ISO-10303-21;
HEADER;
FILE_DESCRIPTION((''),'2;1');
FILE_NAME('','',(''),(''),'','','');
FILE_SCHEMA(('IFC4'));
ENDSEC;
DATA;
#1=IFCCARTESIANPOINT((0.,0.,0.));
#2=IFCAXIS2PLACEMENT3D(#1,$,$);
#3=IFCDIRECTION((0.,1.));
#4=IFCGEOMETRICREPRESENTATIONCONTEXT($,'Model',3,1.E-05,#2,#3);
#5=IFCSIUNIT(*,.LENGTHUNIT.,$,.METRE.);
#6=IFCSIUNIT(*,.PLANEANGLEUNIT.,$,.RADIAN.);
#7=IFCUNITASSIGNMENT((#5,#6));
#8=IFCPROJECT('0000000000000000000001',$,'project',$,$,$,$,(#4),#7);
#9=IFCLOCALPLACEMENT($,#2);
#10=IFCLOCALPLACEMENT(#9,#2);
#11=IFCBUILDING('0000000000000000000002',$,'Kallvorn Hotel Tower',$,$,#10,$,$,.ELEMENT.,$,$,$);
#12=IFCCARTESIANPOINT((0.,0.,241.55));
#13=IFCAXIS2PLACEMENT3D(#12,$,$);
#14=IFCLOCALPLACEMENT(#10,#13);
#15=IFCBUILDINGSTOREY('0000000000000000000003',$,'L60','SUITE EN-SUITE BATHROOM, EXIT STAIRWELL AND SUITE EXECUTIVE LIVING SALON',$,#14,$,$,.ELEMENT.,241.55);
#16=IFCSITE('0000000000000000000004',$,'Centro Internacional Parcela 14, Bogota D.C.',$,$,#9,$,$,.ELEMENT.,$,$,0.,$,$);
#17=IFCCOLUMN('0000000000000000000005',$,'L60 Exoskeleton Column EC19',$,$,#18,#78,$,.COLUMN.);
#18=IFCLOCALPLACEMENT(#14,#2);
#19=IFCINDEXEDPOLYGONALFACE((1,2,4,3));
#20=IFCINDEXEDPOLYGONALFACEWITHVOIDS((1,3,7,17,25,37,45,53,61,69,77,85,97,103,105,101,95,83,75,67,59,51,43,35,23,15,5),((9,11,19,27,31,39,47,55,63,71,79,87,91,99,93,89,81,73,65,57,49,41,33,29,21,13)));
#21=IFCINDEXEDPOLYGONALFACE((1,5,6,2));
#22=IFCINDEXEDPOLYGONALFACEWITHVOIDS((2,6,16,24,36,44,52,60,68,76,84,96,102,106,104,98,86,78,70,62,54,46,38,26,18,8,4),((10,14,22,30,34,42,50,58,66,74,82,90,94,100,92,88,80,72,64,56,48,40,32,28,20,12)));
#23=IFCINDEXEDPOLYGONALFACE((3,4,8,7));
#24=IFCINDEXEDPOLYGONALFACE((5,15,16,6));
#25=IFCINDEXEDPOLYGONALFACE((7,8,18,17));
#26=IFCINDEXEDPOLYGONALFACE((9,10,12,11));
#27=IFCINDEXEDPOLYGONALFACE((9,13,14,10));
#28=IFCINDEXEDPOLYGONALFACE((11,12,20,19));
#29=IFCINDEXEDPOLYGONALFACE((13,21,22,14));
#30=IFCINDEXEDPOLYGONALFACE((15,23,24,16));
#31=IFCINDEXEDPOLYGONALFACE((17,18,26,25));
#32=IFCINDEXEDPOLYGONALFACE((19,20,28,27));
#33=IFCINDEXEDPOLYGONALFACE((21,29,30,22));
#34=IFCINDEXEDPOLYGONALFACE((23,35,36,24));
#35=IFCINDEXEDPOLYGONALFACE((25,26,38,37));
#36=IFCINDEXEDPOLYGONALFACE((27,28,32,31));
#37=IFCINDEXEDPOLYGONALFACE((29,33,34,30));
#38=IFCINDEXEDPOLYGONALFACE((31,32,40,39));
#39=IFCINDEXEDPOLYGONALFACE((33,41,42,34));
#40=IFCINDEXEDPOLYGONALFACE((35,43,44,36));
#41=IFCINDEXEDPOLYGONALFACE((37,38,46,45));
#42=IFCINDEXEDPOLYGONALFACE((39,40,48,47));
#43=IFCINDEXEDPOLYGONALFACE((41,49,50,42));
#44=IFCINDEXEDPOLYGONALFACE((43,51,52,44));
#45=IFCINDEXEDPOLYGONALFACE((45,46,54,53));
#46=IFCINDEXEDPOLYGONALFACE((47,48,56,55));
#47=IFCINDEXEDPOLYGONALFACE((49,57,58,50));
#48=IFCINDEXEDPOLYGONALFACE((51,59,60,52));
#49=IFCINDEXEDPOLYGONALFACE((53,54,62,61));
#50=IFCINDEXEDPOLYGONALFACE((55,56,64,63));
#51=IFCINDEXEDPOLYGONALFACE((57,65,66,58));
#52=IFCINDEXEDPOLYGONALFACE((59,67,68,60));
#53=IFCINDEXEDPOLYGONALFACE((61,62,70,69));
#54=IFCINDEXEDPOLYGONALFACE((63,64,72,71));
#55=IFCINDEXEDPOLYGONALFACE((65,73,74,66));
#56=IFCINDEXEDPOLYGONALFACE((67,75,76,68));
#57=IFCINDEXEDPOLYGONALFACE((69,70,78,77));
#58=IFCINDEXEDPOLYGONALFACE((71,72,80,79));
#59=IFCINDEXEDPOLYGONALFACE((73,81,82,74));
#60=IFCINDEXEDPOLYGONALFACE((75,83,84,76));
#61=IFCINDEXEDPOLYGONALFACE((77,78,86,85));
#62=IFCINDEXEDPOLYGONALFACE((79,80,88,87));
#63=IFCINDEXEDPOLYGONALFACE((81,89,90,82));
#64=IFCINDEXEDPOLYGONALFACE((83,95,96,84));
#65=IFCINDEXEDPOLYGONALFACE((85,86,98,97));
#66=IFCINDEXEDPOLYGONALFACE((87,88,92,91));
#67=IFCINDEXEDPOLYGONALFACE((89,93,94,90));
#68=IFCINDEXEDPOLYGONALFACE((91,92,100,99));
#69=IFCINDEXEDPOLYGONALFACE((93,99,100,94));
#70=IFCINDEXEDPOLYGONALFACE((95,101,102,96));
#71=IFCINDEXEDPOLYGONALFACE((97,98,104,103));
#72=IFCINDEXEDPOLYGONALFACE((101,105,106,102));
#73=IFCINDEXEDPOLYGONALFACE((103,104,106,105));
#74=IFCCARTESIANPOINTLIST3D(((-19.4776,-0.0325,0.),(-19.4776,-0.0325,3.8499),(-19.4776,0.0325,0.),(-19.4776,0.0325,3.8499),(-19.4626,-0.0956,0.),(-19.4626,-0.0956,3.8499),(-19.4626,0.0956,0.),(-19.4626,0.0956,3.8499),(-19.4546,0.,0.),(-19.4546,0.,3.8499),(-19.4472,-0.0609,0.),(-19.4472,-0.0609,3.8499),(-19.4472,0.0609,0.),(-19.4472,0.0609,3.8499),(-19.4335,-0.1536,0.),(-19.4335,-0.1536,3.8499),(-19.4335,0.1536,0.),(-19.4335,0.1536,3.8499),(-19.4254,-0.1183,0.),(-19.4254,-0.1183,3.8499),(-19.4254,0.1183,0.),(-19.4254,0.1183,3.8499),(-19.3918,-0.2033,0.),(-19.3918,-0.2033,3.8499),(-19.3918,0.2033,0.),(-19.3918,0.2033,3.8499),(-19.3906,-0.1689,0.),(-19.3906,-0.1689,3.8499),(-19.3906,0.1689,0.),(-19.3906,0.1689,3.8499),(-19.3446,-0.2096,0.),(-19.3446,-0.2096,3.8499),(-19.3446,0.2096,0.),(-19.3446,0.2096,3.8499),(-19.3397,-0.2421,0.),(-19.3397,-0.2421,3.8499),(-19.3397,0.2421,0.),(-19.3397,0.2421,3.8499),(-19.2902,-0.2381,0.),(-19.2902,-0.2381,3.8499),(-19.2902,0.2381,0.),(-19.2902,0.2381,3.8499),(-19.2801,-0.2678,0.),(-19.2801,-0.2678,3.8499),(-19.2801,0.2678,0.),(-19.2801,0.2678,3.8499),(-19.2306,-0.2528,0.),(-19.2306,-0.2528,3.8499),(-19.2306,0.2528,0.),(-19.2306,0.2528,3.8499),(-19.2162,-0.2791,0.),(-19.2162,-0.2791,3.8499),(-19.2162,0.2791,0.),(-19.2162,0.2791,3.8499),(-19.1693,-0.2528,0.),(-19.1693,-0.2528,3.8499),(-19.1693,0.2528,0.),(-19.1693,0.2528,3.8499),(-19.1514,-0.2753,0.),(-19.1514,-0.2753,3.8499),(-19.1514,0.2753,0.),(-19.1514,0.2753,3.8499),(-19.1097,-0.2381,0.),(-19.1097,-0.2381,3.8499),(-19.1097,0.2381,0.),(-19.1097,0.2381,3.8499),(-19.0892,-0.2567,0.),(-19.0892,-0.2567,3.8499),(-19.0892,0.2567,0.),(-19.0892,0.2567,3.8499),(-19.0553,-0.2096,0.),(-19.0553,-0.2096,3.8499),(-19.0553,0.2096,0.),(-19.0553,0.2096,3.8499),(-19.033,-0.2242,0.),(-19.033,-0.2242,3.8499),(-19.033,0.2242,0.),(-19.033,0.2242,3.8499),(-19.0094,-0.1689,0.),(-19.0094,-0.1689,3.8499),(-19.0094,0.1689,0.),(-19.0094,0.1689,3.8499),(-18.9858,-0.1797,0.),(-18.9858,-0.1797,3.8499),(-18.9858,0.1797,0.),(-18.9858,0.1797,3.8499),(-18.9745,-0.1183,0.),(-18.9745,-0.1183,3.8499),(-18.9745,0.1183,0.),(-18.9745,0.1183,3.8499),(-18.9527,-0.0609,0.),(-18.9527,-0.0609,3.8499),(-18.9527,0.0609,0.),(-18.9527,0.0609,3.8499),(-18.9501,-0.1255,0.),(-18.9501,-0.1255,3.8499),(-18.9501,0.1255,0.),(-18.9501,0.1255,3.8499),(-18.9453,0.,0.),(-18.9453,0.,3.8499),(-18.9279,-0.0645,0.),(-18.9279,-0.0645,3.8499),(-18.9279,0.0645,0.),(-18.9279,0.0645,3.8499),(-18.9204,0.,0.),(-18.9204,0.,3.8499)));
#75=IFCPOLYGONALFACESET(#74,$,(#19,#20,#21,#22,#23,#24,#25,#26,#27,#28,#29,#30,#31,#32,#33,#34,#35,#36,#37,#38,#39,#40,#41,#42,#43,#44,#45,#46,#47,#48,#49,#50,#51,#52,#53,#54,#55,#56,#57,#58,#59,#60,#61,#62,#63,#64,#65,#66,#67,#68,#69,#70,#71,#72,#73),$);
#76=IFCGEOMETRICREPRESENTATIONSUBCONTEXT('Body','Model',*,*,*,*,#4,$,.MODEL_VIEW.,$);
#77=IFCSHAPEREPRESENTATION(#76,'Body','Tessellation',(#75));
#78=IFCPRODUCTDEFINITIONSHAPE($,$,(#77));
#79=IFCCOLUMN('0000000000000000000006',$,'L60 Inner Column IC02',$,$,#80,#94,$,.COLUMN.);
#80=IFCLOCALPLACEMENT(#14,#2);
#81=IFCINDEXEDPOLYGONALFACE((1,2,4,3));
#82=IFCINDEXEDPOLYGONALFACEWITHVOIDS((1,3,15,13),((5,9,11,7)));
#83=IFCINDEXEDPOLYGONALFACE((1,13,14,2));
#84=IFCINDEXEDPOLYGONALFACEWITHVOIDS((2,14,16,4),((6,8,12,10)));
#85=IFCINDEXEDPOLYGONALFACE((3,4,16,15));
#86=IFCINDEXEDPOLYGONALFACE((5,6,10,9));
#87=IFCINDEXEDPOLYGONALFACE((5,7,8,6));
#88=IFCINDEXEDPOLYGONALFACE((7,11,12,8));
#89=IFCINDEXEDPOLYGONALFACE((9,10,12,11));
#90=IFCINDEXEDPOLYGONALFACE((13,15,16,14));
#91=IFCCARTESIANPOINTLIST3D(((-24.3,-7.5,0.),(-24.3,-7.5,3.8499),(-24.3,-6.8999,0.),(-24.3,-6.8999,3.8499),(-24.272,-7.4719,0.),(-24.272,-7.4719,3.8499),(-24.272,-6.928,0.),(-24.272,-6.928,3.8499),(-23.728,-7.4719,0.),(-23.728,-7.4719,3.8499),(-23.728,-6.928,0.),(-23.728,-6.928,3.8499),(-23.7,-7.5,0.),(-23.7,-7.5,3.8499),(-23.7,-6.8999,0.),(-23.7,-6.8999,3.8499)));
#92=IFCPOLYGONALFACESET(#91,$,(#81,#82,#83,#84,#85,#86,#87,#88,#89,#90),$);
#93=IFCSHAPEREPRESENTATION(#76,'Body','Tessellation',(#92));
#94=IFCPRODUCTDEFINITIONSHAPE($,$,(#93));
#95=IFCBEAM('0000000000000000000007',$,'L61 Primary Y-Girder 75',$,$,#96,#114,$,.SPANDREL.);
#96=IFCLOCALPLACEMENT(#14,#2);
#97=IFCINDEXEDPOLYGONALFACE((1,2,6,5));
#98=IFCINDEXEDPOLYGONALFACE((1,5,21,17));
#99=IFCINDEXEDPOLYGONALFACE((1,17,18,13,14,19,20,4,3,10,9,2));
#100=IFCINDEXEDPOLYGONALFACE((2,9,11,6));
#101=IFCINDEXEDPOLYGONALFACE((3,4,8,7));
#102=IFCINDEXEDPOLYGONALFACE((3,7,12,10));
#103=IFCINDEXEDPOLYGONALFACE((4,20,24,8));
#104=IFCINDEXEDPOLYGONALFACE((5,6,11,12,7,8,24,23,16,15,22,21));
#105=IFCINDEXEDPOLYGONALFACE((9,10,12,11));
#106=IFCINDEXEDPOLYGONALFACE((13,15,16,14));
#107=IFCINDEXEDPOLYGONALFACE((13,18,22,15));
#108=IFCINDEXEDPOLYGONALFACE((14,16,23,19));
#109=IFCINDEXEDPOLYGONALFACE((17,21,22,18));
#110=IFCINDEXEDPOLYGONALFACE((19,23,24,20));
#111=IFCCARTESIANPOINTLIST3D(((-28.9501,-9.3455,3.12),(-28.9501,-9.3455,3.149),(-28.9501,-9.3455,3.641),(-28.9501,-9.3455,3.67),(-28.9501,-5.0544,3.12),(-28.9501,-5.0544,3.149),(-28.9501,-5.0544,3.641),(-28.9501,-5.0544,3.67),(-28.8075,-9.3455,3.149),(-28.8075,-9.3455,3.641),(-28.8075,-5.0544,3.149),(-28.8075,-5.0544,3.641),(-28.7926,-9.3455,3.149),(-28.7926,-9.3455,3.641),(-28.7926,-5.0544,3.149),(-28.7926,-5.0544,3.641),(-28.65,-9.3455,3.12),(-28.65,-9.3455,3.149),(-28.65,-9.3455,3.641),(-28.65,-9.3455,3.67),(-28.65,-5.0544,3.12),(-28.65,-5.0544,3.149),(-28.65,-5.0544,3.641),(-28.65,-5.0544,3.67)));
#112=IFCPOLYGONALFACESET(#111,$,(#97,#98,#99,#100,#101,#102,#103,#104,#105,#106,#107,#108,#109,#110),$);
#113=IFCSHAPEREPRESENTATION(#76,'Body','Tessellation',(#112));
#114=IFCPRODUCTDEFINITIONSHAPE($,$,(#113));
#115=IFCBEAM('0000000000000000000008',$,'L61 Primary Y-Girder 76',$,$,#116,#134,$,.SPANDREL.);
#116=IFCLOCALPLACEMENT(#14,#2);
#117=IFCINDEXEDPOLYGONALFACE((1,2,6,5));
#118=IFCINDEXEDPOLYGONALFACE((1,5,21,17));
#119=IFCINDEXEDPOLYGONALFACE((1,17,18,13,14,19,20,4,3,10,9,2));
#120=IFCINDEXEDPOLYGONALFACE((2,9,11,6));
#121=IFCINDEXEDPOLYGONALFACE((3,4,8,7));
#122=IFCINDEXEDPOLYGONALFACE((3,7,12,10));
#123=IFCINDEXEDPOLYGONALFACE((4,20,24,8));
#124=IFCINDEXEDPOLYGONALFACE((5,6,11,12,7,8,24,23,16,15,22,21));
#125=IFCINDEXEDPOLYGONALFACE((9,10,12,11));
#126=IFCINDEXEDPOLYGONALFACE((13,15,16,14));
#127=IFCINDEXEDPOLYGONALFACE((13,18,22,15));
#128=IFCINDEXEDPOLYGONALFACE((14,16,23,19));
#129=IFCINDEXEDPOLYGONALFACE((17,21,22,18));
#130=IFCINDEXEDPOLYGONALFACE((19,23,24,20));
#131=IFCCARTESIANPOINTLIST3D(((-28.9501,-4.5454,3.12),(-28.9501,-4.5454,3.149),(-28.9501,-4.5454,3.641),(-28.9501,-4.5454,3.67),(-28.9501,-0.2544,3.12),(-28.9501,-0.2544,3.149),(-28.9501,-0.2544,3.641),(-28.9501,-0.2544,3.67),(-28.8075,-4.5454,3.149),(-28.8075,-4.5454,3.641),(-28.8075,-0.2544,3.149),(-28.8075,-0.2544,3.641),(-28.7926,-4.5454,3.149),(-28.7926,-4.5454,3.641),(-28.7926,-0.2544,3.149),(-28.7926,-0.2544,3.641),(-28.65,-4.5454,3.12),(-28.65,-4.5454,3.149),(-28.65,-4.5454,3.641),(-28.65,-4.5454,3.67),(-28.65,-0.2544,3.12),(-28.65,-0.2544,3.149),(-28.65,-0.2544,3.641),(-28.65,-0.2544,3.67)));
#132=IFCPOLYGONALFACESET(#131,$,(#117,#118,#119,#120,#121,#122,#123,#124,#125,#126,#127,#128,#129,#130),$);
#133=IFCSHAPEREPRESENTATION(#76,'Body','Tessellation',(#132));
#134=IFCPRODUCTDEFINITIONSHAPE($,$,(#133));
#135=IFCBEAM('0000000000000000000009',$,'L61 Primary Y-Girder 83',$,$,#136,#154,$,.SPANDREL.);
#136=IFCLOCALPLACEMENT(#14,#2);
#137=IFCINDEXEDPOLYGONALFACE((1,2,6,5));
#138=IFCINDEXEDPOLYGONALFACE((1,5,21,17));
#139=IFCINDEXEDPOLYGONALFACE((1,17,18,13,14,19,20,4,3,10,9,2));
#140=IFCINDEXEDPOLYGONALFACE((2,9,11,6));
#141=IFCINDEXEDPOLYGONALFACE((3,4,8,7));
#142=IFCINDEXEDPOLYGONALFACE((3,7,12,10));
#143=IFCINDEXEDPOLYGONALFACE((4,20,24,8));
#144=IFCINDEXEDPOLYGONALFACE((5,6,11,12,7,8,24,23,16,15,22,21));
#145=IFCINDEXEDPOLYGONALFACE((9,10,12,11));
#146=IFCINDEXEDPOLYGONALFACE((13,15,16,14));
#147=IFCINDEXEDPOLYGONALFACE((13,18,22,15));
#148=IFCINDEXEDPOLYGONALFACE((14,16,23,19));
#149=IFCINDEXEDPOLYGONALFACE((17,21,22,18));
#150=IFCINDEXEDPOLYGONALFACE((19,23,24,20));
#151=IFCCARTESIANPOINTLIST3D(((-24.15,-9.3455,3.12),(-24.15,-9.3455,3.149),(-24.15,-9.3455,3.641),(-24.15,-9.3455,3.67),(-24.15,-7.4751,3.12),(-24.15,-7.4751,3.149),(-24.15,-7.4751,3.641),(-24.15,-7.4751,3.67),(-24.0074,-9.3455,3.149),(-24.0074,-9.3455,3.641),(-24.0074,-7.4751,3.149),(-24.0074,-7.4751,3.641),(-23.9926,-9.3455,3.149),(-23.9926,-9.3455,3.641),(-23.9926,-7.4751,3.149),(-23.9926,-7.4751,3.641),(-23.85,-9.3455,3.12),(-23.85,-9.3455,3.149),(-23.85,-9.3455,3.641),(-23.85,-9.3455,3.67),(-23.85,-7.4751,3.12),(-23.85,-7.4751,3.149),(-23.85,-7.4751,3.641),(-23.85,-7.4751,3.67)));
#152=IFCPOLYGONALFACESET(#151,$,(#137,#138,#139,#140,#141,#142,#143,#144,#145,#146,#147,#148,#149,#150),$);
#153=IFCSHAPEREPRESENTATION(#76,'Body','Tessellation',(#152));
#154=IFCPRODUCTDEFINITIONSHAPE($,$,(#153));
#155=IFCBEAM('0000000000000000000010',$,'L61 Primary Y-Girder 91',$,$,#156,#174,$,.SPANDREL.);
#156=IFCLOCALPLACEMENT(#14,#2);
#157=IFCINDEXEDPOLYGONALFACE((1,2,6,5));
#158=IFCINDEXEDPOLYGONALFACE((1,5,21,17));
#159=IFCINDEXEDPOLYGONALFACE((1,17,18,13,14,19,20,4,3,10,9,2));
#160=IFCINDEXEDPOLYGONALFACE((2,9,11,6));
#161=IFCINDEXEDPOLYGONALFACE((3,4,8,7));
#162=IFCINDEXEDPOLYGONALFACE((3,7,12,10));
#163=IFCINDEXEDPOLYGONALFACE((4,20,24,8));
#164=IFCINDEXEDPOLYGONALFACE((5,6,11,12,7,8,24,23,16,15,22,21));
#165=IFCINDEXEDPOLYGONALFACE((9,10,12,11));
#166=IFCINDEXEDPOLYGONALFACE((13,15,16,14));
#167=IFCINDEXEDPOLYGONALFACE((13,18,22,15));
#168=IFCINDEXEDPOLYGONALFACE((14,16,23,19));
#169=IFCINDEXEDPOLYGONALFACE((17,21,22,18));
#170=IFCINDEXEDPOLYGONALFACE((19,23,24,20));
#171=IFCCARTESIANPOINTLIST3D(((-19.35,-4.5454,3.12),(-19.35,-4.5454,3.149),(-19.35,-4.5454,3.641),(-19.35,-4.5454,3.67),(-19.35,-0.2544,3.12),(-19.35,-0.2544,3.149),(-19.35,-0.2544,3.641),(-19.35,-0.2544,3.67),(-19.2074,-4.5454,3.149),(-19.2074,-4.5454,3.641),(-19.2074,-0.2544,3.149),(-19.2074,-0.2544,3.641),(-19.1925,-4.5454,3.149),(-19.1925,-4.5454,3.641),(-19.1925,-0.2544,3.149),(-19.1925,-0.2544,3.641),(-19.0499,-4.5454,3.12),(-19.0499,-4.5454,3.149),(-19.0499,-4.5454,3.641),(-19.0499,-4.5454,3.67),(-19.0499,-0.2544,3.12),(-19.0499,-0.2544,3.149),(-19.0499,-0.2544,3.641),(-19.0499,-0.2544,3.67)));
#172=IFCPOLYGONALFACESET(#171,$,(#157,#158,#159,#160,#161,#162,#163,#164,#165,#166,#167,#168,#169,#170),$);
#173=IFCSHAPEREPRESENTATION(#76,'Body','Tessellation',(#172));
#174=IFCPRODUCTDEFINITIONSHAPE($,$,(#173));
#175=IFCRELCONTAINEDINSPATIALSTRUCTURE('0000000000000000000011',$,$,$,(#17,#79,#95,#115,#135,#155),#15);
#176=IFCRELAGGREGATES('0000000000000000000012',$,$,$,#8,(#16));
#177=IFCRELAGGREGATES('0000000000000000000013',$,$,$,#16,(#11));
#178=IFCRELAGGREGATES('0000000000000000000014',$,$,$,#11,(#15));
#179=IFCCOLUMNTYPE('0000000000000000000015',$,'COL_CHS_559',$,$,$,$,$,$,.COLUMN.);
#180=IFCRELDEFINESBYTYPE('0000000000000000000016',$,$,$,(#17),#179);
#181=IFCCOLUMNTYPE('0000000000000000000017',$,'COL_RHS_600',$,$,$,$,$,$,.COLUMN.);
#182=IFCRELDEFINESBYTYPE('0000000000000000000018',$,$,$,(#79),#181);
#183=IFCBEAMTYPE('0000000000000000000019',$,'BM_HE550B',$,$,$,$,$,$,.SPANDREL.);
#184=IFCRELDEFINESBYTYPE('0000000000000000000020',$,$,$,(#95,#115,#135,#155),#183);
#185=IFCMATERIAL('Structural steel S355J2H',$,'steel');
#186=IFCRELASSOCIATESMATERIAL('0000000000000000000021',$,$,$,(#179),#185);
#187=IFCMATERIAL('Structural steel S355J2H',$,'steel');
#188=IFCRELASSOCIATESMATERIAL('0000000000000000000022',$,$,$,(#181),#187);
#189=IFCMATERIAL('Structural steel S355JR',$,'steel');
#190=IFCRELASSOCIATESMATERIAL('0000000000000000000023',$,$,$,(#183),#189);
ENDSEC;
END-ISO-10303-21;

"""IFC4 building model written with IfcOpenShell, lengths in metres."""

from ifc_helpers import new_model, si_unit, direction, frame, origin, origin_2d, place, context, subcontext, project, spatial, hollow_rectangle, hollow_circle, i_section, extrude, material, material_profile, profile_set, type_object, element, save


model = new_model("IFC4")

# Units and contexts
model_context = context("Model", 3, precision=1e-05, world=origin(), true_north=direction((0.0, 1.0)))
body_context = subcontext(model_context, "Body", "Model", "MODEL_VIEW")
ifc_project = project(units=[si_unit("LENGTHUNIT", "METRE"), si_unit("PLANEANGLEUNIT", "RADIAN")], contexts=[model_context])

# Site, building, storey
site_placement = place(None, origin())
site = spatial("IfcSite", under=ifc_project, at=site_placement, Name="Centro Internacional Parcela 14, Bogota D.C.", CompositionType="ELEMENT", RefElevation=0.0)
building_placement = place(site_placement, origin())
building = spatial("IfcBuilding", under=site, at=building_placement, Name="Kallvorn Hotel Tower", CompositionType="ELEMENT")
storey_placement = place(building_placement, frame((0.0, 0.0, 241.55)))
storey = spatial("IfcBuildingStorey", under=building, at=storey_placement, Name="L60", Description="SUITE EN-SUITE BATHROOM, EXIT STAIRWELL AND SUITE EXECUTIVE LIVING SALON", CompositionType="ELEMENT", Elevation=241.55)

# Columns
ifc_material_1 = material(Name="Structural steel S355J2H", Category="steel")
ifc_material_profile_1 = material_profile(ifc_material_1, hollow_circle(Radius=0.2795, WallThickness=0.0249, at=origin_2d()), Name="CHS 559x25")
ifc_profile_set_1 = profile_set([ifc_material_profile_1], Name="Structural steel S355J2H")
column_type_1 = type_object("IfcColumnType", Name="COL_CHS_559", PredefinedType="COLUMN", material=ifc_profile_set_1)
for number, where, z_axis, x_axis, name in (
    (1, (-19.2, 0.0, 0.0), (0.0, 0.0, 1.0), (1.0, 0.0, 0.0), "L60 Exoskeleton Column EC19"),
):
    element("IfcColumn", number, at=place(storey_placement, frame(where, z_axis=z_axis, x_axis=x_axis)), inside=storey, type_object=column_type_1, Name=name, PredefinedType="COLUMN", context=body_context, shape_type="SweptSolid", body=[
        extrude(hollow_circle(Radius=0.2795, WallThickness=0.0249, at=origin_2d()), origin(), (0.0, 0.0, 1.0), 3.8499),
    ])
ifc_material_2 = material(Name="Structural steel S355J2H", Category="steel")
ifc_material_profile_2 = material_profile(ifc_material_2, hollow_rectangle(XDim=0.6001, YDim=0.6001, WallThickness=0.0281, at=origin_2d()), Name="RHS 600x600x28")
ifc_profile_set_2 = profile_set([ifc_material_profile_2], Name="Structural steel S355J2H")
column_type_2 = type_object("IfcColumnType", Name="COL_RHS_600", PredefinedType="COLUMN", material=ifc_profile_set_2)
column_placement = place(storey_placement, frame((-24.0, -7.2, 0.0), z_axis=(0.0, 0.0, 1.0), x_axis=(1.0, 0.0, 0.0)))
element("IfcColumn", 2, at=column_placement, inside=storey, type_object=column_type_2, Name="L60 Inner Column IC02", PredefinedType="COLUMN", context=body_context, shape_type="SweptSolid", body=[
    extrude(hollow_rectangle(XDim=0.6001, YDim=0.6001, WallThickness=0.0281, at=origin_2d()), origin(), (0.0, 0.0, 1.0), 3.8499),
])

# Beams
ifc_material_3 = material(Name="Structural steel S355JR", Category="steel")
ifc_material_profile_3 = material_profile(ifc_material_3, i_section(OverallWidth=0.3, OverallDepth=0.55, WebThickness=0.0149, FlangeThickness=0.0291, at=origin_2d()), Name="HE 550 B")
ifc_profile_set_3 = profile_set([ifc_material_profile_3], Name="Structural steel S355JR")
beam_type_1 = type_object("IfcBeamType", Name="BM_HE550B", PredefinedType="SPANDREL", material=ifc_profile_set_3)
for number, where, z_axis, x_axis, name in (
    (3, (-28.8, -9.3455, 3.395), (0.0, 1.0, 0.0), (-1.0, 0.0, 0.0), "L61 Primary Y-Girder 75"),
    (4, (-28.8, -4.5454, 3.395), (0.0, 1.0, 0.0), (-1.0, 0.0, 0.0), "L61 Primary Y-Girder 76"),
):
    element("IfcBeam", number, at=place(storey_placement, frame(where, z_axis=z_axis, x_axis=x_axis)), inside=storey, type_object=beam_type_1, Name=name, PredefinedType="SPANDREL", context=body_context, shape_type="SweptSolid", body=[
        extrude(i_section(OverallWidth=0.3, OverallDepth=0.55, WebThickness=0.0149, FlangeThickness=0.0291, at=origin_2d()), origin(), (0.0, 0.0, 1.0), 4.291),
    ])
beam_1_placement = place(storey_placement, frame((-24.0, -9.3455, 3.395), z_axis=(0.0, 1.0, 0.0), x_axis=(-1.0, 0.0, 0.0)))
element("IfcBeam", 5, at=beam_1_placement, inside=storey, type_object=beam_type_1, Name="L61 Primary Y-Girder 83", PredefinedType="SPANDREL", context=body_context, shape_type="SweptSolid", body=[
    extrude(i_section(OverallWidth=0.3, OverallDepth=0.55, WebThickness=0.0149, FlangeThickness=0.0291, at=origin_2d()), origin(), (0.0, 0.0, 1.0), 1.8704),
])
beam_2_placement = place(storey_placement, frame((-19.2, -4.5454, 3.395), z_axis=(0.0, 1.0, 0.0), x_axis=(-1.0, 0.0, 0.0)))
element("IfcBeam", 6, at=beam_2_placement, inside=storey, type_object=beam_type_1, Name="L61 Primary Y-Girder 91", PredefinedType="SPANDREL", context=body_context, shape_type="SweptSolid", body=[
    extrude(i_section(OverallWidth=0.3, OverallDepth=0.55, WebThickness=0.0149, FlangeThickness=0.0291, at=origin_2d()), origin(), (0.0, 0.0, 1.0), 4.291),
])

save(model, "model.ifc")
